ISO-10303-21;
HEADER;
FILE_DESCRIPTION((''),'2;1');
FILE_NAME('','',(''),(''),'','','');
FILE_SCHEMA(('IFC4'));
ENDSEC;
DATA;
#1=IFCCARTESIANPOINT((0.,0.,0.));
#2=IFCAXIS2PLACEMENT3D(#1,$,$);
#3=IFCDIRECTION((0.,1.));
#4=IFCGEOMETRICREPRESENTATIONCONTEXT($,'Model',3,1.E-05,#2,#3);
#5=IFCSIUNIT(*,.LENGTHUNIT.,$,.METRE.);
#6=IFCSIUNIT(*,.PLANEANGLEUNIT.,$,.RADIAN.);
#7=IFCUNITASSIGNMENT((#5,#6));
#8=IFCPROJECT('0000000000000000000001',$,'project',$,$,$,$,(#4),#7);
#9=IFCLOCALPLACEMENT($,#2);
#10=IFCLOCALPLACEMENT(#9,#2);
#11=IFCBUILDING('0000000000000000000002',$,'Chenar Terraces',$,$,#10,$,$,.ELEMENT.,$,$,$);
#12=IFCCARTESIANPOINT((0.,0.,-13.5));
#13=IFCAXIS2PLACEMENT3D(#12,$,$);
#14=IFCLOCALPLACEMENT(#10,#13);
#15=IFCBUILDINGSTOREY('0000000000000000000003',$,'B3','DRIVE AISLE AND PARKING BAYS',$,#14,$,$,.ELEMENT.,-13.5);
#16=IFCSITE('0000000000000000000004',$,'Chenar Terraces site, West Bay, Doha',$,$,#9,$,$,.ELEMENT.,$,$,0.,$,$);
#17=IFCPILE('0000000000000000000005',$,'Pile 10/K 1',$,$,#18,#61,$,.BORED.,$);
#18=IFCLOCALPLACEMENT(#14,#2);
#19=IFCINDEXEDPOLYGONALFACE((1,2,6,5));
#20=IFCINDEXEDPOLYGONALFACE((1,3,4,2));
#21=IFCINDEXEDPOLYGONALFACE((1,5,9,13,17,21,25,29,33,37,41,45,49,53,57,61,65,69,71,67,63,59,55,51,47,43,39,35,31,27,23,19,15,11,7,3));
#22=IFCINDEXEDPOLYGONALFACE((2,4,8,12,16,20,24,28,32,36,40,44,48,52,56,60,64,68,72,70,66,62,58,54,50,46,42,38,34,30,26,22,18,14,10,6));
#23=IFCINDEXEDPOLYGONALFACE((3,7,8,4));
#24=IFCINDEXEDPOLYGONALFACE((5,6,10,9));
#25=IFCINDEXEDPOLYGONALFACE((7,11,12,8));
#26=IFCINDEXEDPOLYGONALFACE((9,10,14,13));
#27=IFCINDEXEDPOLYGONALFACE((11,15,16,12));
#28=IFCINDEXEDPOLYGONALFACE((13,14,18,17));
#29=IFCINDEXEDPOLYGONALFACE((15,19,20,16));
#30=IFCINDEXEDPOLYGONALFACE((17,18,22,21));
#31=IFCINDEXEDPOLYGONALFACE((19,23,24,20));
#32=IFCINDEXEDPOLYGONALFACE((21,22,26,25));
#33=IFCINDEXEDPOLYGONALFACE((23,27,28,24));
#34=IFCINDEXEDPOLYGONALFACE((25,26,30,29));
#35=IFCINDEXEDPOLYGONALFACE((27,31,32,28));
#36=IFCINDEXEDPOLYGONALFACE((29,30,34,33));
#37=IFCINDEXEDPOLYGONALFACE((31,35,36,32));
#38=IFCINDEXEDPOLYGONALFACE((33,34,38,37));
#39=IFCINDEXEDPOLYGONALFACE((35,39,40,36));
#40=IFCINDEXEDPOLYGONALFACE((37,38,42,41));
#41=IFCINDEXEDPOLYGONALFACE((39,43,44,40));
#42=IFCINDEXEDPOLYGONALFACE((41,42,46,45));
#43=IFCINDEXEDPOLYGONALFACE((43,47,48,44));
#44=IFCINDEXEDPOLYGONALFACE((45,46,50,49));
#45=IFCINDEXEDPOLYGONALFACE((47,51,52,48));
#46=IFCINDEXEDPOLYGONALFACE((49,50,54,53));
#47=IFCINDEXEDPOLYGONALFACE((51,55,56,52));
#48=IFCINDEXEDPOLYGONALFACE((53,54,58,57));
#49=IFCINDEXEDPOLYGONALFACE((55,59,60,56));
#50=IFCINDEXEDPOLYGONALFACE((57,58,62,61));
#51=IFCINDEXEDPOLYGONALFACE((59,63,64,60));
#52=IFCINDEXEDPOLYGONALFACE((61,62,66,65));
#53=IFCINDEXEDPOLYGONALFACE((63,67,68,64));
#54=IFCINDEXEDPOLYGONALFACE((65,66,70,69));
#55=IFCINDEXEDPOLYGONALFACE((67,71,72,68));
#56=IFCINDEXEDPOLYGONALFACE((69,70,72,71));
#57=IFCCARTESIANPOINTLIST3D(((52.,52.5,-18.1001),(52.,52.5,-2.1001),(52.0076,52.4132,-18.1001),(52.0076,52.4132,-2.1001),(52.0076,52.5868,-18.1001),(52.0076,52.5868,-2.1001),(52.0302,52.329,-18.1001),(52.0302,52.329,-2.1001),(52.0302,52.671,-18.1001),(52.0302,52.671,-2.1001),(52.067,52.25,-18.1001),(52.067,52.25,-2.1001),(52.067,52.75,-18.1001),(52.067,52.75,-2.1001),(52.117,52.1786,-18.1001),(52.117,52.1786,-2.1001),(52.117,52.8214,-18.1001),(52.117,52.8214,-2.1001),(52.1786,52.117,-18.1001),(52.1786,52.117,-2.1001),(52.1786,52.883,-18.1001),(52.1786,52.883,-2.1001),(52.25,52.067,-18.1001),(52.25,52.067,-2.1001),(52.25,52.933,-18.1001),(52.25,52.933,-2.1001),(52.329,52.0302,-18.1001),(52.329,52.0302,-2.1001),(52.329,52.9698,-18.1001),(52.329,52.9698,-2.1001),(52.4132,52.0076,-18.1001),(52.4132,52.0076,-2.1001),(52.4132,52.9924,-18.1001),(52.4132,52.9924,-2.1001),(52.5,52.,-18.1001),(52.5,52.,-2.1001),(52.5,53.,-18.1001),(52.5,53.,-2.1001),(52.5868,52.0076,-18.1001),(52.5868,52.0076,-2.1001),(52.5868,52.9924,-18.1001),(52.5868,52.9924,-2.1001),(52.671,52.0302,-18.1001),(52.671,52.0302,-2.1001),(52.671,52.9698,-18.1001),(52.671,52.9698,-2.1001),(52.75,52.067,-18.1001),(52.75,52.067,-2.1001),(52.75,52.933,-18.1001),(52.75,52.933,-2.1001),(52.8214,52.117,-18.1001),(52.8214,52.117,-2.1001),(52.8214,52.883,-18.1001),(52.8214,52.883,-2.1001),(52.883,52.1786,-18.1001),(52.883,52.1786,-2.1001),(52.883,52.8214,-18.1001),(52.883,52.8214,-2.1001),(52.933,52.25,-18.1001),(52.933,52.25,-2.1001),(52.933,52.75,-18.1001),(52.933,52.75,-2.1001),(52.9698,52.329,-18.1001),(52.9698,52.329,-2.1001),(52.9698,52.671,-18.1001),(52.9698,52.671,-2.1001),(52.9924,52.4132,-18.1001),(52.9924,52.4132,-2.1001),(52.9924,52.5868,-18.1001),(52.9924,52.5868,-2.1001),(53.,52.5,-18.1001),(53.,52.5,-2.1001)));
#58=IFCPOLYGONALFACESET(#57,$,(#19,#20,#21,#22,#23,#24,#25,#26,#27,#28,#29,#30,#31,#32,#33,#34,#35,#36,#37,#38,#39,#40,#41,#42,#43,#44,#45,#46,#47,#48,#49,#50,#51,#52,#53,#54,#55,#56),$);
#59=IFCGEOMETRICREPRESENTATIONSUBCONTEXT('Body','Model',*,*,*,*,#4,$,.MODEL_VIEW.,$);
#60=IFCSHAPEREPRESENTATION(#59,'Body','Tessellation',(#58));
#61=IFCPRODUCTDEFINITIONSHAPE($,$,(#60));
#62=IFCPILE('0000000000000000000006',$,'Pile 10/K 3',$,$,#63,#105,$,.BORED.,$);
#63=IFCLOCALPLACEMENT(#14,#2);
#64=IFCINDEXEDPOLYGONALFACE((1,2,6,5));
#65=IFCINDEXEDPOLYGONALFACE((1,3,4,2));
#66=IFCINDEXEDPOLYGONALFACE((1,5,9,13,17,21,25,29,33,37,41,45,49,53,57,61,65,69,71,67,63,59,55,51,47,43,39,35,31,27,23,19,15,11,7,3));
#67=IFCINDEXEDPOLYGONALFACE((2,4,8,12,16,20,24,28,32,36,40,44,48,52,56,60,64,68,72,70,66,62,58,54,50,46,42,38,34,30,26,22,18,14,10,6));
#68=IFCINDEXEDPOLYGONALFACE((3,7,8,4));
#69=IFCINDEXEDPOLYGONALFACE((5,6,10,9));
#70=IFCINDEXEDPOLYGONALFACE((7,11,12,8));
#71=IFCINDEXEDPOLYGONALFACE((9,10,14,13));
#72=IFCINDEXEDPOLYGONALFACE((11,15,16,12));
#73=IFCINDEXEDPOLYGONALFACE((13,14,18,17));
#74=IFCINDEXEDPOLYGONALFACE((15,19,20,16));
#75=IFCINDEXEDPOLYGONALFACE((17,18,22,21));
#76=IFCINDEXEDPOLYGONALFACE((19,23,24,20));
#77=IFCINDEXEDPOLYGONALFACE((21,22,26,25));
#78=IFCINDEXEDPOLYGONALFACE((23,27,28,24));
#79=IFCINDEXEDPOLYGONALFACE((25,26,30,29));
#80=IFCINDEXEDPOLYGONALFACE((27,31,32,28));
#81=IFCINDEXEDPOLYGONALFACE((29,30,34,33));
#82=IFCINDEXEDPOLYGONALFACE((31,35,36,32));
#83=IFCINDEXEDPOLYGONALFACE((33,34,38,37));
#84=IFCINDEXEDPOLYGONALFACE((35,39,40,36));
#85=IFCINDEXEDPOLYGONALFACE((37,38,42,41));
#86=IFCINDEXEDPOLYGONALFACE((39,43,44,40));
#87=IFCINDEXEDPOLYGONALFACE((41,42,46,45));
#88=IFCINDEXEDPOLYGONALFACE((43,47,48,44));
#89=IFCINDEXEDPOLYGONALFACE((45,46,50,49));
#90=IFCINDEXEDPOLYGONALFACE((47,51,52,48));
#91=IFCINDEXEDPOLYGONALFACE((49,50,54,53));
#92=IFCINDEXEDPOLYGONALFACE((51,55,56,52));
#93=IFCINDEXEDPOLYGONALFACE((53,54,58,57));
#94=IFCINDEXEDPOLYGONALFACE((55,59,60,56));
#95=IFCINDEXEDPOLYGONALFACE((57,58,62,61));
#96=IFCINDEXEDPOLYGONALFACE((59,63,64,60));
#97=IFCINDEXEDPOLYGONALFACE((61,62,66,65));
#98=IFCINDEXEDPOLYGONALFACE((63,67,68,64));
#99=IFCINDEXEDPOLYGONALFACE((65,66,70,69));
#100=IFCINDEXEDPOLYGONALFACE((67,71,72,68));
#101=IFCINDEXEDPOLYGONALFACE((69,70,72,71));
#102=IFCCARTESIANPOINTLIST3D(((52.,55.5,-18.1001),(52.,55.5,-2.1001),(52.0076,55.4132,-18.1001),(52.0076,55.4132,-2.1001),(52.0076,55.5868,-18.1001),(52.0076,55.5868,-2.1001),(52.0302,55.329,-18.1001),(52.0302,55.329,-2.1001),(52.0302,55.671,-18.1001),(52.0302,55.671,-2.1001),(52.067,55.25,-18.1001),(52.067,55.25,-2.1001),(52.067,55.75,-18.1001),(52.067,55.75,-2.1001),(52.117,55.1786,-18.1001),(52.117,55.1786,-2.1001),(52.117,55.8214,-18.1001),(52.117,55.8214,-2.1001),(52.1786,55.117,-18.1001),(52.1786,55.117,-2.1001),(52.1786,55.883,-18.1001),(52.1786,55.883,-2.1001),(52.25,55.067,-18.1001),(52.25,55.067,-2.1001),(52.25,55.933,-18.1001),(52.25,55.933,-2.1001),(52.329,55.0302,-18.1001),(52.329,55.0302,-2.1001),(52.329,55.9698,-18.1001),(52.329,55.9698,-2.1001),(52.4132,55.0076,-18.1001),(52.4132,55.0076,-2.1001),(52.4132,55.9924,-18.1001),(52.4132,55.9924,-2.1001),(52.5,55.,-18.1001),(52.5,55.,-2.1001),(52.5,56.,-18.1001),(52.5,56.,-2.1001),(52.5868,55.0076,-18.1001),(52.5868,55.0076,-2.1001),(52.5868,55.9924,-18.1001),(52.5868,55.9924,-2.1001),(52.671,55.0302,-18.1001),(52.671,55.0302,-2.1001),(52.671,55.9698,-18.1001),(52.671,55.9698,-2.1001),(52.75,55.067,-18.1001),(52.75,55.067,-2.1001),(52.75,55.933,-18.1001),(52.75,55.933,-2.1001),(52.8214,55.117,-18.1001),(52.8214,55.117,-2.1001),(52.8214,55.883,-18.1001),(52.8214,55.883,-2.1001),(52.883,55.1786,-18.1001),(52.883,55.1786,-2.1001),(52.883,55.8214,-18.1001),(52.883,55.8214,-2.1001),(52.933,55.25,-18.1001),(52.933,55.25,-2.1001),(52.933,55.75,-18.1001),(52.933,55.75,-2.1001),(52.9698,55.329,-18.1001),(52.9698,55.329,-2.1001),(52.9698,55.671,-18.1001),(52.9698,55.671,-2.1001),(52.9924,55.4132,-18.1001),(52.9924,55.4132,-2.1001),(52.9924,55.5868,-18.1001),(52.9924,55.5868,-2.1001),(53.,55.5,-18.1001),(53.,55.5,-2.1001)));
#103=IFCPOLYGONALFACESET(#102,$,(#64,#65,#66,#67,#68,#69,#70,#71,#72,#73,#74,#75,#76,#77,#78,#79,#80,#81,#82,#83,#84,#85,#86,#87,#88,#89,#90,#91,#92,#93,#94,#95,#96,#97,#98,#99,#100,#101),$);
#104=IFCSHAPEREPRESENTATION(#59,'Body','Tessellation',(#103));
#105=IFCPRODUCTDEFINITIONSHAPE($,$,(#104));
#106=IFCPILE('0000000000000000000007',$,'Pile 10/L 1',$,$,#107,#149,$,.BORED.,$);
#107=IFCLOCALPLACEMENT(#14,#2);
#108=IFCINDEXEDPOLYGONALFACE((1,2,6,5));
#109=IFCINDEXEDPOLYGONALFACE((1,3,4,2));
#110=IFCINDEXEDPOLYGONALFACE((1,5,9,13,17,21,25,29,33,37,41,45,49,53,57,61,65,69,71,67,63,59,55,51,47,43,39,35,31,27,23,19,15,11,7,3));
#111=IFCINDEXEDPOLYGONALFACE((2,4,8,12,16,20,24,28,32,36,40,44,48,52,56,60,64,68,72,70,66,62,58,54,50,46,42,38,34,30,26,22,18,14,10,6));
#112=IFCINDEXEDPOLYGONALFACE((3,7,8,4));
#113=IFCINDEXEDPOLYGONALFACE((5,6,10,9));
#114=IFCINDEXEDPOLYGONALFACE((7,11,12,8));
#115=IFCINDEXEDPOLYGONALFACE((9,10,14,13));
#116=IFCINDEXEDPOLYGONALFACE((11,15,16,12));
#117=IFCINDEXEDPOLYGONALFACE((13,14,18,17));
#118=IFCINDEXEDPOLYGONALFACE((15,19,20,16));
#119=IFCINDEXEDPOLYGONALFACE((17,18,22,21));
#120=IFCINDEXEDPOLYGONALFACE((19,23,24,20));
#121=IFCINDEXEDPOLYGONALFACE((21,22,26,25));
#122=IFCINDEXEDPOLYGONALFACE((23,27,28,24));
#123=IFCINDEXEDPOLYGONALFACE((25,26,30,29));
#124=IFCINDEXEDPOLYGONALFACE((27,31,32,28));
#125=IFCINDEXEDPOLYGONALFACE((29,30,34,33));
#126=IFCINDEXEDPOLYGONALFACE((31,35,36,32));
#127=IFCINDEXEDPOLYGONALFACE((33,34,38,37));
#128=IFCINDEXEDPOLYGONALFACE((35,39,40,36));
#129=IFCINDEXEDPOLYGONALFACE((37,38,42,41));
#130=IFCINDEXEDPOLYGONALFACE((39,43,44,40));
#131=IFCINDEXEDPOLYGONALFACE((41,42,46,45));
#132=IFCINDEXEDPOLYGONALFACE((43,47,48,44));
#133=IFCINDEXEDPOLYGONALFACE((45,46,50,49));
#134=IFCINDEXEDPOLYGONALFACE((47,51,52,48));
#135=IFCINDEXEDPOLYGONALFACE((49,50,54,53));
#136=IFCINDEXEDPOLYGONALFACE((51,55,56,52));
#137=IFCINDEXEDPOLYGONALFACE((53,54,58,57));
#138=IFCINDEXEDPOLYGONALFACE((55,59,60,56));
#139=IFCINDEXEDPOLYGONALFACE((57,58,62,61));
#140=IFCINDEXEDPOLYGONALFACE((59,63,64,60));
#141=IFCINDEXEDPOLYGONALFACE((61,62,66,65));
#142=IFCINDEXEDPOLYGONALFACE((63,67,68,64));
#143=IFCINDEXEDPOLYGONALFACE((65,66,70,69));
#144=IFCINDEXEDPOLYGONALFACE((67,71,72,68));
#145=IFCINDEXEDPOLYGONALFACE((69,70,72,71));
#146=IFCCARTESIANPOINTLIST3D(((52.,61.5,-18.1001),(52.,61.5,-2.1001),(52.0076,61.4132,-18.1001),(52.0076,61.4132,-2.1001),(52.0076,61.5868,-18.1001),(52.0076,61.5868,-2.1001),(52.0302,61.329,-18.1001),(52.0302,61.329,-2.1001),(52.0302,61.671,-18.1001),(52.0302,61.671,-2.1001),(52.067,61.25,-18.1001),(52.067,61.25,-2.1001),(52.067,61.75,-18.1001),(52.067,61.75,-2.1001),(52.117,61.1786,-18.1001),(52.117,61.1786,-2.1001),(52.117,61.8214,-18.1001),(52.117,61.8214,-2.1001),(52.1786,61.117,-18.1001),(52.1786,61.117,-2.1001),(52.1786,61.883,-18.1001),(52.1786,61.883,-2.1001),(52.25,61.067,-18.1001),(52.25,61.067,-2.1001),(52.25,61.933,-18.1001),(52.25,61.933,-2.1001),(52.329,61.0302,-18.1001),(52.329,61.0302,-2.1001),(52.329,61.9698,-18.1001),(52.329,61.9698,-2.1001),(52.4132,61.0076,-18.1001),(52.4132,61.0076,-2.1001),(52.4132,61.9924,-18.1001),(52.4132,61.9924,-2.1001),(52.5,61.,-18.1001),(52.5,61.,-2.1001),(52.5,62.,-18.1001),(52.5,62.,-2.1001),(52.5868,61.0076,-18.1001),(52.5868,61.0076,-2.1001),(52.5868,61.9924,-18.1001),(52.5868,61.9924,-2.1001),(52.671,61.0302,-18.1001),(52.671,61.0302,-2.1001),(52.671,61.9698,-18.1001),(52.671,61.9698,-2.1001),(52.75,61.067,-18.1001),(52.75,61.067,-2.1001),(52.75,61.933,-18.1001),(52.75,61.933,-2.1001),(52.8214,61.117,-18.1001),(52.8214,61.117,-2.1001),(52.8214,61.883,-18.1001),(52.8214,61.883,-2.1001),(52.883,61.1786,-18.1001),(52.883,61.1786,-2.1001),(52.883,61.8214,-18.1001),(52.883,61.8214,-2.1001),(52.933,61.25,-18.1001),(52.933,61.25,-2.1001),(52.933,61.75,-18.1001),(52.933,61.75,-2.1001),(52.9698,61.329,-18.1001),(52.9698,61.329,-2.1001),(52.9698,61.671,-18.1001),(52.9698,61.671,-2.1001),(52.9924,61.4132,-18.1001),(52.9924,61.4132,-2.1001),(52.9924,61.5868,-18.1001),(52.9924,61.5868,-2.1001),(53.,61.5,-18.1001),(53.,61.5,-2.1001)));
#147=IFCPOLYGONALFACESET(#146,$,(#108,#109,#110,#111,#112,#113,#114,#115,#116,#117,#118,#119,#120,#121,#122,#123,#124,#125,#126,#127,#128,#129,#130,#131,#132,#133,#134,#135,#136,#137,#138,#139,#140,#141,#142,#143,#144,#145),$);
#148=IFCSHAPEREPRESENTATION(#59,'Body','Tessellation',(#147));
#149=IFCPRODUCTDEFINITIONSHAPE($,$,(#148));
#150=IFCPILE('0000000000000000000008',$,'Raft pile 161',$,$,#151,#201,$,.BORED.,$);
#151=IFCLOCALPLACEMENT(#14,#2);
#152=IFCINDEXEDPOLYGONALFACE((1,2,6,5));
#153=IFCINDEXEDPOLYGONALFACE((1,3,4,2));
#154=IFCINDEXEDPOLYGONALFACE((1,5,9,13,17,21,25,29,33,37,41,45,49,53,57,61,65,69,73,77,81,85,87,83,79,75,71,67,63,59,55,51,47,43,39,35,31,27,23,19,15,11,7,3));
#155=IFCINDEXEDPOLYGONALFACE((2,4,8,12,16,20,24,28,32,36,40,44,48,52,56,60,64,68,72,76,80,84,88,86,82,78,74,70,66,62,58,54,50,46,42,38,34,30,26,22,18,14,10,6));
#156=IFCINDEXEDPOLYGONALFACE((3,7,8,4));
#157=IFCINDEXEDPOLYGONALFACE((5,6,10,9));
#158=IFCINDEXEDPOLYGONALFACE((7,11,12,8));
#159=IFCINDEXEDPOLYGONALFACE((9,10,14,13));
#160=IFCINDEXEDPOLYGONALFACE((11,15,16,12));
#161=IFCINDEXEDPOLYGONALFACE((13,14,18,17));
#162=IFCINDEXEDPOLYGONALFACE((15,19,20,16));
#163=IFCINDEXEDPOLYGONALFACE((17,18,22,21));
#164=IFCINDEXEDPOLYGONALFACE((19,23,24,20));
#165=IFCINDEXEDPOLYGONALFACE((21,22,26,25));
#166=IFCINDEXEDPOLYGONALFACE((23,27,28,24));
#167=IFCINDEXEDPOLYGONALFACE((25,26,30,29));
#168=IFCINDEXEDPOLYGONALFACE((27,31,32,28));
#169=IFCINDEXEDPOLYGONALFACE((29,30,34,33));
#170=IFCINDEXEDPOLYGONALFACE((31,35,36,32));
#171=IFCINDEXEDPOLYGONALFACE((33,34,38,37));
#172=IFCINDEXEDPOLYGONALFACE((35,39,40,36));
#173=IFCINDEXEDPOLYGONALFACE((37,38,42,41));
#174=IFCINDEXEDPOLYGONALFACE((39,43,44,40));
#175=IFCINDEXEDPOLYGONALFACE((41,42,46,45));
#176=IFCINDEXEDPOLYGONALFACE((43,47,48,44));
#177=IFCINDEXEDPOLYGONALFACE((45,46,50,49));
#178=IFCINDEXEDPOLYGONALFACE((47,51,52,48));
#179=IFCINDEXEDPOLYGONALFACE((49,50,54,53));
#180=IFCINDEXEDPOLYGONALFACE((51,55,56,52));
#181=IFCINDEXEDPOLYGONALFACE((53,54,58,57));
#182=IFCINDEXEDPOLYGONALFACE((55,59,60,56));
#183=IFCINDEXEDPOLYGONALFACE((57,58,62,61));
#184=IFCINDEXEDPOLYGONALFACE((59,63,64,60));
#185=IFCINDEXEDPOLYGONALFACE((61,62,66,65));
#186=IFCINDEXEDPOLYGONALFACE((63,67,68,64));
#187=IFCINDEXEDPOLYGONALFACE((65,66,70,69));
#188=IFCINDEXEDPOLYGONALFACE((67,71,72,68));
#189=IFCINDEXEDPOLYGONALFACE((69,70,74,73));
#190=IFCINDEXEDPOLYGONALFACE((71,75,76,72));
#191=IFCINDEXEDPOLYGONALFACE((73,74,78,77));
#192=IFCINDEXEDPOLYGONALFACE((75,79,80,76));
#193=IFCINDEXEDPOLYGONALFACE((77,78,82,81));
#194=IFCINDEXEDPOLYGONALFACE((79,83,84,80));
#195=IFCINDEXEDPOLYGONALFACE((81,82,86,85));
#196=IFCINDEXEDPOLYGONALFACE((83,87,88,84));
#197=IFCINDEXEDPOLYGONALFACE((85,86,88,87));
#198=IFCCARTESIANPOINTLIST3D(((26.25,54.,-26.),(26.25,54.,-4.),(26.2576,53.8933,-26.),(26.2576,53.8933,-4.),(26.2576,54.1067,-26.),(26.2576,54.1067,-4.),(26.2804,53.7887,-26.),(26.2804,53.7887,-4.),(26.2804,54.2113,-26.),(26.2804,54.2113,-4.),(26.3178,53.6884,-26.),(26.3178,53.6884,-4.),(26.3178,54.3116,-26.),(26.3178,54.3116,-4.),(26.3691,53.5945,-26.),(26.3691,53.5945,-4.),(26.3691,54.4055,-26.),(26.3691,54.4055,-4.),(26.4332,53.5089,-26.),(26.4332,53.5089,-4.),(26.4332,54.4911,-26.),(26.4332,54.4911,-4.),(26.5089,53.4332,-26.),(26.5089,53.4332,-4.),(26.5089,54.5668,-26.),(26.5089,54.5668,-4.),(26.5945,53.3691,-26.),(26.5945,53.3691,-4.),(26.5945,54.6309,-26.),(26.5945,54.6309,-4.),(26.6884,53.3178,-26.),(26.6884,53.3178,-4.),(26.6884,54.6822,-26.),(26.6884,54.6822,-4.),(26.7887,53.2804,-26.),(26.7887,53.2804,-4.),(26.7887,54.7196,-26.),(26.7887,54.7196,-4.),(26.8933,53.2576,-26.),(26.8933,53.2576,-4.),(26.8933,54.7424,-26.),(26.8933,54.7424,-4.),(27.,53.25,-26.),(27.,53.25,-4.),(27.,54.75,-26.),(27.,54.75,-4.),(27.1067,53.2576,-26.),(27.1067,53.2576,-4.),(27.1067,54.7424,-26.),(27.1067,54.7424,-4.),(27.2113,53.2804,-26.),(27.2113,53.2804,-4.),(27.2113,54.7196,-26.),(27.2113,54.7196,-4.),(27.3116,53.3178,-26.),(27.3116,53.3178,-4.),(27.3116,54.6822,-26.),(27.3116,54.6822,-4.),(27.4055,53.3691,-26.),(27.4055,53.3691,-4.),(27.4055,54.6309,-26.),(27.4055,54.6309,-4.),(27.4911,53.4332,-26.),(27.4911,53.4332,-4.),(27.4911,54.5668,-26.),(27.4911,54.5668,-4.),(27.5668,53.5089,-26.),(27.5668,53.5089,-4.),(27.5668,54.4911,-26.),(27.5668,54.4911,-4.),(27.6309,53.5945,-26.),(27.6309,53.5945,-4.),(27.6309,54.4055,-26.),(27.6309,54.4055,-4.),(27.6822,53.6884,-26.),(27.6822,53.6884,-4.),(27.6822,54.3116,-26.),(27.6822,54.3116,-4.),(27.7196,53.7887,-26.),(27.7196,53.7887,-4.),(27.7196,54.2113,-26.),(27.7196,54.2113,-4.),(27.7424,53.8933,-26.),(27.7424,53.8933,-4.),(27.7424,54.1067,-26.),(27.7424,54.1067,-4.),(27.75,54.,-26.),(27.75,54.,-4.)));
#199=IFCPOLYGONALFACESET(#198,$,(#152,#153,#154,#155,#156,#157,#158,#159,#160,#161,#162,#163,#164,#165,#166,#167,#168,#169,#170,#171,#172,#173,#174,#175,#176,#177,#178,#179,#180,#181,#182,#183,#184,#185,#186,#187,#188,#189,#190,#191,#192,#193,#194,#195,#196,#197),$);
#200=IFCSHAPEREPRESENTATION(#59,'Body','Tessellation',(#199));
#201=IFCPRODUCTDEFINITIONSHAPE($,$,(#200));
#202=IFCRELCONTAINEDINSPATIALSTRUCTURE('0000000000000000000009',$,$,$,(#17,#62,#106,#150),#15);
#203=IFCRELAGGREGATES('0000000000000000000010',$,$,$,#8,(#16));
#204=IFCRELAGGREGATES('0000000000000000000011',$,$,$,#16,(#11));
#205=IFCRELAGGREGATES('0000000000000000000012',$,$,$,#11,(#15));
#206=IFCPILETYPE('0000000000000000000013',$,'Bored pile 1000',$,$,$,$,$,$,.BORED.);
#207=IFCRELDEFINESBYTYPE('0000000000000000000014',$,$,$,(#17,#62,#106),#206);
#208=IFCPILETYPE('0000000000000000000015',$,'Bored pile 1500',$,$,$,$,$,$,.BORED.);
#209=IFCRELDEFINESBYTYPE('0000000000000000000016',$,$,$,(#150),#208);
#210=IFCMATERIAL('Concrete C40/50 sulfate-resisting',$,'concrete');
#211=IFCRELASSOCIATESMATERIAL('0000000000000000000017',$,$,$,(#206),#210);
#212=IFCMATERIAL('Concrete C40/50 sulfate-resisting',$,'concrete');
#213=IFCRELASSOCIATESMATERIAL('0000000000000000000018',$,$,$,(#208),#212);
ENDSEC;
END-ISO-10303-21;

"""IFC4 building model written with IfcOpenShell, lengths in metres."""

from ifc_helpers import new_model, si_unit, direction, frame, origin, origin_2d, place, context, subcontext, project, spatial, circle, extrude, material, material_profile, profile_set, type_object, element, save


model = new_model("IFC4")

# Units and contexts
model_context = context("Model", 3, precision=1e-05, world=origin(), true_north=direction((0.0, 1.0)))
body_context = subcontext(model_context, "Body", "Model", "MODEL_VIEW")
ifc_project = project(units=[si_unit("LENGTHUNIT", "METRE"), si_unit("PLANEANGLEUNIT", "RADIAN")], contexts=[model_context])

# Site, building, storey
site_placement = place(None, origin())
site = spatial("IfcSite", under=ifc_project, at=site_placement, Name="Chenar Terraces site, West Bay, Doha", CompositionType="ELEMENT", RefElevation=0.0)
building_placement = place(site_placement, origin())
building = spatial("IfcBuilding", under=site, at=building_placement, Name="Chenar Terraces", CompositionType="ELEMENT")
storey_placement = place(building_placement, frame((0.0, 0.0, -13.5)))
storey = spatial("IfcBuildingStorey", under=building, at=storey_placement, Name="B3", Description="DRIVE AISLE AND PARKING BAYS", CompositionType="ELEMENT", Elevation=-13.5)

# Piles
ifc_material_1 = material(Name="Concrete C40/50 sulfate-resisting", Category="concrete")
ifc_material_profile_1 = material_profile(ifc_material_1, circle(Radius=0.5, at=origin_2d()), Name="BP 1000")
ifc_profile_set_1 = profile_set([ifc_material_profile_1], Name="Concrete C40/50 sulfate-resisting")
pile_type_1 = type_object("IfcPileType", Name="Bored pile 1000", PredefinedType="BORED", material=ifc_profile_set_1)
for number, where, z_axis, x_axis, name in (
    (1, (52.5, 52.5, -2.1001), (0.0, 0.0, -1.0), (1.0, 0.0, 0.0), "Pile 10/K 1"),
    (2, (52.5, 55.5, -2.1001), (0.0, 0.0, -1.0), (1.0, 0.0, 0.0), "Pile 10/K 3"),
    (3, (52.5, 61.5, -2.1001), (0.0, 0.0, -1.0), (1.0, 0.0, 0.0), "Pile 10/L 1"),
):
    element("IfcPile", number, at=place(storey_placement, frame(where, z_axis=z_axis, x_axis=x_axis)), inside=storey, type_object=pile_type_1, Name=name, PredefinedType="BORED", context=body_context, shape_type="SweptSolid", body=[
        extrude(circle(Radius=0.5, at=origin_2d()), origin(), (0.0, 0.0, 1.0), 16.0),
    ])
ifc_material_2 = material(Name="Concrete C40/50 sulfate-resisting", Category="concrete")
ifc_material_profile_2 = material_profile(ifc_material_2, circle(Radius=0.75, at=origin_2d()), Name="BP 1500")
ifc_profile_set_2 = profile_set([ifc_material_profile_2], Name="Concrete C40/50 sulfate-resisting")
pile_type_2 = type_object("IfcPileType", Name="Bored pile 1500", PredefinedType="BORED", material=ifc_profile_set_2)
pile_1_placement = place(storey_placement, frame((27.0, 54.0, -4.0), z_axis=(0.0, 0.0, -1.0), x_axis=(1.0, 0.0, 0.0)))
element("IfcPile", 4, at=pile_1_placement, inside=storey, type_object=pile_type_2, Name="Raft pile 161", PredefinedType="BORED", context=body_context, shape_type="SweptSolid", body=[
    extrude(circle(Radius=0.75, at=origin_2d()), origin(), (0.0, 0.0, 1.0), 22.0),
])

save(model, "model.ifc")
